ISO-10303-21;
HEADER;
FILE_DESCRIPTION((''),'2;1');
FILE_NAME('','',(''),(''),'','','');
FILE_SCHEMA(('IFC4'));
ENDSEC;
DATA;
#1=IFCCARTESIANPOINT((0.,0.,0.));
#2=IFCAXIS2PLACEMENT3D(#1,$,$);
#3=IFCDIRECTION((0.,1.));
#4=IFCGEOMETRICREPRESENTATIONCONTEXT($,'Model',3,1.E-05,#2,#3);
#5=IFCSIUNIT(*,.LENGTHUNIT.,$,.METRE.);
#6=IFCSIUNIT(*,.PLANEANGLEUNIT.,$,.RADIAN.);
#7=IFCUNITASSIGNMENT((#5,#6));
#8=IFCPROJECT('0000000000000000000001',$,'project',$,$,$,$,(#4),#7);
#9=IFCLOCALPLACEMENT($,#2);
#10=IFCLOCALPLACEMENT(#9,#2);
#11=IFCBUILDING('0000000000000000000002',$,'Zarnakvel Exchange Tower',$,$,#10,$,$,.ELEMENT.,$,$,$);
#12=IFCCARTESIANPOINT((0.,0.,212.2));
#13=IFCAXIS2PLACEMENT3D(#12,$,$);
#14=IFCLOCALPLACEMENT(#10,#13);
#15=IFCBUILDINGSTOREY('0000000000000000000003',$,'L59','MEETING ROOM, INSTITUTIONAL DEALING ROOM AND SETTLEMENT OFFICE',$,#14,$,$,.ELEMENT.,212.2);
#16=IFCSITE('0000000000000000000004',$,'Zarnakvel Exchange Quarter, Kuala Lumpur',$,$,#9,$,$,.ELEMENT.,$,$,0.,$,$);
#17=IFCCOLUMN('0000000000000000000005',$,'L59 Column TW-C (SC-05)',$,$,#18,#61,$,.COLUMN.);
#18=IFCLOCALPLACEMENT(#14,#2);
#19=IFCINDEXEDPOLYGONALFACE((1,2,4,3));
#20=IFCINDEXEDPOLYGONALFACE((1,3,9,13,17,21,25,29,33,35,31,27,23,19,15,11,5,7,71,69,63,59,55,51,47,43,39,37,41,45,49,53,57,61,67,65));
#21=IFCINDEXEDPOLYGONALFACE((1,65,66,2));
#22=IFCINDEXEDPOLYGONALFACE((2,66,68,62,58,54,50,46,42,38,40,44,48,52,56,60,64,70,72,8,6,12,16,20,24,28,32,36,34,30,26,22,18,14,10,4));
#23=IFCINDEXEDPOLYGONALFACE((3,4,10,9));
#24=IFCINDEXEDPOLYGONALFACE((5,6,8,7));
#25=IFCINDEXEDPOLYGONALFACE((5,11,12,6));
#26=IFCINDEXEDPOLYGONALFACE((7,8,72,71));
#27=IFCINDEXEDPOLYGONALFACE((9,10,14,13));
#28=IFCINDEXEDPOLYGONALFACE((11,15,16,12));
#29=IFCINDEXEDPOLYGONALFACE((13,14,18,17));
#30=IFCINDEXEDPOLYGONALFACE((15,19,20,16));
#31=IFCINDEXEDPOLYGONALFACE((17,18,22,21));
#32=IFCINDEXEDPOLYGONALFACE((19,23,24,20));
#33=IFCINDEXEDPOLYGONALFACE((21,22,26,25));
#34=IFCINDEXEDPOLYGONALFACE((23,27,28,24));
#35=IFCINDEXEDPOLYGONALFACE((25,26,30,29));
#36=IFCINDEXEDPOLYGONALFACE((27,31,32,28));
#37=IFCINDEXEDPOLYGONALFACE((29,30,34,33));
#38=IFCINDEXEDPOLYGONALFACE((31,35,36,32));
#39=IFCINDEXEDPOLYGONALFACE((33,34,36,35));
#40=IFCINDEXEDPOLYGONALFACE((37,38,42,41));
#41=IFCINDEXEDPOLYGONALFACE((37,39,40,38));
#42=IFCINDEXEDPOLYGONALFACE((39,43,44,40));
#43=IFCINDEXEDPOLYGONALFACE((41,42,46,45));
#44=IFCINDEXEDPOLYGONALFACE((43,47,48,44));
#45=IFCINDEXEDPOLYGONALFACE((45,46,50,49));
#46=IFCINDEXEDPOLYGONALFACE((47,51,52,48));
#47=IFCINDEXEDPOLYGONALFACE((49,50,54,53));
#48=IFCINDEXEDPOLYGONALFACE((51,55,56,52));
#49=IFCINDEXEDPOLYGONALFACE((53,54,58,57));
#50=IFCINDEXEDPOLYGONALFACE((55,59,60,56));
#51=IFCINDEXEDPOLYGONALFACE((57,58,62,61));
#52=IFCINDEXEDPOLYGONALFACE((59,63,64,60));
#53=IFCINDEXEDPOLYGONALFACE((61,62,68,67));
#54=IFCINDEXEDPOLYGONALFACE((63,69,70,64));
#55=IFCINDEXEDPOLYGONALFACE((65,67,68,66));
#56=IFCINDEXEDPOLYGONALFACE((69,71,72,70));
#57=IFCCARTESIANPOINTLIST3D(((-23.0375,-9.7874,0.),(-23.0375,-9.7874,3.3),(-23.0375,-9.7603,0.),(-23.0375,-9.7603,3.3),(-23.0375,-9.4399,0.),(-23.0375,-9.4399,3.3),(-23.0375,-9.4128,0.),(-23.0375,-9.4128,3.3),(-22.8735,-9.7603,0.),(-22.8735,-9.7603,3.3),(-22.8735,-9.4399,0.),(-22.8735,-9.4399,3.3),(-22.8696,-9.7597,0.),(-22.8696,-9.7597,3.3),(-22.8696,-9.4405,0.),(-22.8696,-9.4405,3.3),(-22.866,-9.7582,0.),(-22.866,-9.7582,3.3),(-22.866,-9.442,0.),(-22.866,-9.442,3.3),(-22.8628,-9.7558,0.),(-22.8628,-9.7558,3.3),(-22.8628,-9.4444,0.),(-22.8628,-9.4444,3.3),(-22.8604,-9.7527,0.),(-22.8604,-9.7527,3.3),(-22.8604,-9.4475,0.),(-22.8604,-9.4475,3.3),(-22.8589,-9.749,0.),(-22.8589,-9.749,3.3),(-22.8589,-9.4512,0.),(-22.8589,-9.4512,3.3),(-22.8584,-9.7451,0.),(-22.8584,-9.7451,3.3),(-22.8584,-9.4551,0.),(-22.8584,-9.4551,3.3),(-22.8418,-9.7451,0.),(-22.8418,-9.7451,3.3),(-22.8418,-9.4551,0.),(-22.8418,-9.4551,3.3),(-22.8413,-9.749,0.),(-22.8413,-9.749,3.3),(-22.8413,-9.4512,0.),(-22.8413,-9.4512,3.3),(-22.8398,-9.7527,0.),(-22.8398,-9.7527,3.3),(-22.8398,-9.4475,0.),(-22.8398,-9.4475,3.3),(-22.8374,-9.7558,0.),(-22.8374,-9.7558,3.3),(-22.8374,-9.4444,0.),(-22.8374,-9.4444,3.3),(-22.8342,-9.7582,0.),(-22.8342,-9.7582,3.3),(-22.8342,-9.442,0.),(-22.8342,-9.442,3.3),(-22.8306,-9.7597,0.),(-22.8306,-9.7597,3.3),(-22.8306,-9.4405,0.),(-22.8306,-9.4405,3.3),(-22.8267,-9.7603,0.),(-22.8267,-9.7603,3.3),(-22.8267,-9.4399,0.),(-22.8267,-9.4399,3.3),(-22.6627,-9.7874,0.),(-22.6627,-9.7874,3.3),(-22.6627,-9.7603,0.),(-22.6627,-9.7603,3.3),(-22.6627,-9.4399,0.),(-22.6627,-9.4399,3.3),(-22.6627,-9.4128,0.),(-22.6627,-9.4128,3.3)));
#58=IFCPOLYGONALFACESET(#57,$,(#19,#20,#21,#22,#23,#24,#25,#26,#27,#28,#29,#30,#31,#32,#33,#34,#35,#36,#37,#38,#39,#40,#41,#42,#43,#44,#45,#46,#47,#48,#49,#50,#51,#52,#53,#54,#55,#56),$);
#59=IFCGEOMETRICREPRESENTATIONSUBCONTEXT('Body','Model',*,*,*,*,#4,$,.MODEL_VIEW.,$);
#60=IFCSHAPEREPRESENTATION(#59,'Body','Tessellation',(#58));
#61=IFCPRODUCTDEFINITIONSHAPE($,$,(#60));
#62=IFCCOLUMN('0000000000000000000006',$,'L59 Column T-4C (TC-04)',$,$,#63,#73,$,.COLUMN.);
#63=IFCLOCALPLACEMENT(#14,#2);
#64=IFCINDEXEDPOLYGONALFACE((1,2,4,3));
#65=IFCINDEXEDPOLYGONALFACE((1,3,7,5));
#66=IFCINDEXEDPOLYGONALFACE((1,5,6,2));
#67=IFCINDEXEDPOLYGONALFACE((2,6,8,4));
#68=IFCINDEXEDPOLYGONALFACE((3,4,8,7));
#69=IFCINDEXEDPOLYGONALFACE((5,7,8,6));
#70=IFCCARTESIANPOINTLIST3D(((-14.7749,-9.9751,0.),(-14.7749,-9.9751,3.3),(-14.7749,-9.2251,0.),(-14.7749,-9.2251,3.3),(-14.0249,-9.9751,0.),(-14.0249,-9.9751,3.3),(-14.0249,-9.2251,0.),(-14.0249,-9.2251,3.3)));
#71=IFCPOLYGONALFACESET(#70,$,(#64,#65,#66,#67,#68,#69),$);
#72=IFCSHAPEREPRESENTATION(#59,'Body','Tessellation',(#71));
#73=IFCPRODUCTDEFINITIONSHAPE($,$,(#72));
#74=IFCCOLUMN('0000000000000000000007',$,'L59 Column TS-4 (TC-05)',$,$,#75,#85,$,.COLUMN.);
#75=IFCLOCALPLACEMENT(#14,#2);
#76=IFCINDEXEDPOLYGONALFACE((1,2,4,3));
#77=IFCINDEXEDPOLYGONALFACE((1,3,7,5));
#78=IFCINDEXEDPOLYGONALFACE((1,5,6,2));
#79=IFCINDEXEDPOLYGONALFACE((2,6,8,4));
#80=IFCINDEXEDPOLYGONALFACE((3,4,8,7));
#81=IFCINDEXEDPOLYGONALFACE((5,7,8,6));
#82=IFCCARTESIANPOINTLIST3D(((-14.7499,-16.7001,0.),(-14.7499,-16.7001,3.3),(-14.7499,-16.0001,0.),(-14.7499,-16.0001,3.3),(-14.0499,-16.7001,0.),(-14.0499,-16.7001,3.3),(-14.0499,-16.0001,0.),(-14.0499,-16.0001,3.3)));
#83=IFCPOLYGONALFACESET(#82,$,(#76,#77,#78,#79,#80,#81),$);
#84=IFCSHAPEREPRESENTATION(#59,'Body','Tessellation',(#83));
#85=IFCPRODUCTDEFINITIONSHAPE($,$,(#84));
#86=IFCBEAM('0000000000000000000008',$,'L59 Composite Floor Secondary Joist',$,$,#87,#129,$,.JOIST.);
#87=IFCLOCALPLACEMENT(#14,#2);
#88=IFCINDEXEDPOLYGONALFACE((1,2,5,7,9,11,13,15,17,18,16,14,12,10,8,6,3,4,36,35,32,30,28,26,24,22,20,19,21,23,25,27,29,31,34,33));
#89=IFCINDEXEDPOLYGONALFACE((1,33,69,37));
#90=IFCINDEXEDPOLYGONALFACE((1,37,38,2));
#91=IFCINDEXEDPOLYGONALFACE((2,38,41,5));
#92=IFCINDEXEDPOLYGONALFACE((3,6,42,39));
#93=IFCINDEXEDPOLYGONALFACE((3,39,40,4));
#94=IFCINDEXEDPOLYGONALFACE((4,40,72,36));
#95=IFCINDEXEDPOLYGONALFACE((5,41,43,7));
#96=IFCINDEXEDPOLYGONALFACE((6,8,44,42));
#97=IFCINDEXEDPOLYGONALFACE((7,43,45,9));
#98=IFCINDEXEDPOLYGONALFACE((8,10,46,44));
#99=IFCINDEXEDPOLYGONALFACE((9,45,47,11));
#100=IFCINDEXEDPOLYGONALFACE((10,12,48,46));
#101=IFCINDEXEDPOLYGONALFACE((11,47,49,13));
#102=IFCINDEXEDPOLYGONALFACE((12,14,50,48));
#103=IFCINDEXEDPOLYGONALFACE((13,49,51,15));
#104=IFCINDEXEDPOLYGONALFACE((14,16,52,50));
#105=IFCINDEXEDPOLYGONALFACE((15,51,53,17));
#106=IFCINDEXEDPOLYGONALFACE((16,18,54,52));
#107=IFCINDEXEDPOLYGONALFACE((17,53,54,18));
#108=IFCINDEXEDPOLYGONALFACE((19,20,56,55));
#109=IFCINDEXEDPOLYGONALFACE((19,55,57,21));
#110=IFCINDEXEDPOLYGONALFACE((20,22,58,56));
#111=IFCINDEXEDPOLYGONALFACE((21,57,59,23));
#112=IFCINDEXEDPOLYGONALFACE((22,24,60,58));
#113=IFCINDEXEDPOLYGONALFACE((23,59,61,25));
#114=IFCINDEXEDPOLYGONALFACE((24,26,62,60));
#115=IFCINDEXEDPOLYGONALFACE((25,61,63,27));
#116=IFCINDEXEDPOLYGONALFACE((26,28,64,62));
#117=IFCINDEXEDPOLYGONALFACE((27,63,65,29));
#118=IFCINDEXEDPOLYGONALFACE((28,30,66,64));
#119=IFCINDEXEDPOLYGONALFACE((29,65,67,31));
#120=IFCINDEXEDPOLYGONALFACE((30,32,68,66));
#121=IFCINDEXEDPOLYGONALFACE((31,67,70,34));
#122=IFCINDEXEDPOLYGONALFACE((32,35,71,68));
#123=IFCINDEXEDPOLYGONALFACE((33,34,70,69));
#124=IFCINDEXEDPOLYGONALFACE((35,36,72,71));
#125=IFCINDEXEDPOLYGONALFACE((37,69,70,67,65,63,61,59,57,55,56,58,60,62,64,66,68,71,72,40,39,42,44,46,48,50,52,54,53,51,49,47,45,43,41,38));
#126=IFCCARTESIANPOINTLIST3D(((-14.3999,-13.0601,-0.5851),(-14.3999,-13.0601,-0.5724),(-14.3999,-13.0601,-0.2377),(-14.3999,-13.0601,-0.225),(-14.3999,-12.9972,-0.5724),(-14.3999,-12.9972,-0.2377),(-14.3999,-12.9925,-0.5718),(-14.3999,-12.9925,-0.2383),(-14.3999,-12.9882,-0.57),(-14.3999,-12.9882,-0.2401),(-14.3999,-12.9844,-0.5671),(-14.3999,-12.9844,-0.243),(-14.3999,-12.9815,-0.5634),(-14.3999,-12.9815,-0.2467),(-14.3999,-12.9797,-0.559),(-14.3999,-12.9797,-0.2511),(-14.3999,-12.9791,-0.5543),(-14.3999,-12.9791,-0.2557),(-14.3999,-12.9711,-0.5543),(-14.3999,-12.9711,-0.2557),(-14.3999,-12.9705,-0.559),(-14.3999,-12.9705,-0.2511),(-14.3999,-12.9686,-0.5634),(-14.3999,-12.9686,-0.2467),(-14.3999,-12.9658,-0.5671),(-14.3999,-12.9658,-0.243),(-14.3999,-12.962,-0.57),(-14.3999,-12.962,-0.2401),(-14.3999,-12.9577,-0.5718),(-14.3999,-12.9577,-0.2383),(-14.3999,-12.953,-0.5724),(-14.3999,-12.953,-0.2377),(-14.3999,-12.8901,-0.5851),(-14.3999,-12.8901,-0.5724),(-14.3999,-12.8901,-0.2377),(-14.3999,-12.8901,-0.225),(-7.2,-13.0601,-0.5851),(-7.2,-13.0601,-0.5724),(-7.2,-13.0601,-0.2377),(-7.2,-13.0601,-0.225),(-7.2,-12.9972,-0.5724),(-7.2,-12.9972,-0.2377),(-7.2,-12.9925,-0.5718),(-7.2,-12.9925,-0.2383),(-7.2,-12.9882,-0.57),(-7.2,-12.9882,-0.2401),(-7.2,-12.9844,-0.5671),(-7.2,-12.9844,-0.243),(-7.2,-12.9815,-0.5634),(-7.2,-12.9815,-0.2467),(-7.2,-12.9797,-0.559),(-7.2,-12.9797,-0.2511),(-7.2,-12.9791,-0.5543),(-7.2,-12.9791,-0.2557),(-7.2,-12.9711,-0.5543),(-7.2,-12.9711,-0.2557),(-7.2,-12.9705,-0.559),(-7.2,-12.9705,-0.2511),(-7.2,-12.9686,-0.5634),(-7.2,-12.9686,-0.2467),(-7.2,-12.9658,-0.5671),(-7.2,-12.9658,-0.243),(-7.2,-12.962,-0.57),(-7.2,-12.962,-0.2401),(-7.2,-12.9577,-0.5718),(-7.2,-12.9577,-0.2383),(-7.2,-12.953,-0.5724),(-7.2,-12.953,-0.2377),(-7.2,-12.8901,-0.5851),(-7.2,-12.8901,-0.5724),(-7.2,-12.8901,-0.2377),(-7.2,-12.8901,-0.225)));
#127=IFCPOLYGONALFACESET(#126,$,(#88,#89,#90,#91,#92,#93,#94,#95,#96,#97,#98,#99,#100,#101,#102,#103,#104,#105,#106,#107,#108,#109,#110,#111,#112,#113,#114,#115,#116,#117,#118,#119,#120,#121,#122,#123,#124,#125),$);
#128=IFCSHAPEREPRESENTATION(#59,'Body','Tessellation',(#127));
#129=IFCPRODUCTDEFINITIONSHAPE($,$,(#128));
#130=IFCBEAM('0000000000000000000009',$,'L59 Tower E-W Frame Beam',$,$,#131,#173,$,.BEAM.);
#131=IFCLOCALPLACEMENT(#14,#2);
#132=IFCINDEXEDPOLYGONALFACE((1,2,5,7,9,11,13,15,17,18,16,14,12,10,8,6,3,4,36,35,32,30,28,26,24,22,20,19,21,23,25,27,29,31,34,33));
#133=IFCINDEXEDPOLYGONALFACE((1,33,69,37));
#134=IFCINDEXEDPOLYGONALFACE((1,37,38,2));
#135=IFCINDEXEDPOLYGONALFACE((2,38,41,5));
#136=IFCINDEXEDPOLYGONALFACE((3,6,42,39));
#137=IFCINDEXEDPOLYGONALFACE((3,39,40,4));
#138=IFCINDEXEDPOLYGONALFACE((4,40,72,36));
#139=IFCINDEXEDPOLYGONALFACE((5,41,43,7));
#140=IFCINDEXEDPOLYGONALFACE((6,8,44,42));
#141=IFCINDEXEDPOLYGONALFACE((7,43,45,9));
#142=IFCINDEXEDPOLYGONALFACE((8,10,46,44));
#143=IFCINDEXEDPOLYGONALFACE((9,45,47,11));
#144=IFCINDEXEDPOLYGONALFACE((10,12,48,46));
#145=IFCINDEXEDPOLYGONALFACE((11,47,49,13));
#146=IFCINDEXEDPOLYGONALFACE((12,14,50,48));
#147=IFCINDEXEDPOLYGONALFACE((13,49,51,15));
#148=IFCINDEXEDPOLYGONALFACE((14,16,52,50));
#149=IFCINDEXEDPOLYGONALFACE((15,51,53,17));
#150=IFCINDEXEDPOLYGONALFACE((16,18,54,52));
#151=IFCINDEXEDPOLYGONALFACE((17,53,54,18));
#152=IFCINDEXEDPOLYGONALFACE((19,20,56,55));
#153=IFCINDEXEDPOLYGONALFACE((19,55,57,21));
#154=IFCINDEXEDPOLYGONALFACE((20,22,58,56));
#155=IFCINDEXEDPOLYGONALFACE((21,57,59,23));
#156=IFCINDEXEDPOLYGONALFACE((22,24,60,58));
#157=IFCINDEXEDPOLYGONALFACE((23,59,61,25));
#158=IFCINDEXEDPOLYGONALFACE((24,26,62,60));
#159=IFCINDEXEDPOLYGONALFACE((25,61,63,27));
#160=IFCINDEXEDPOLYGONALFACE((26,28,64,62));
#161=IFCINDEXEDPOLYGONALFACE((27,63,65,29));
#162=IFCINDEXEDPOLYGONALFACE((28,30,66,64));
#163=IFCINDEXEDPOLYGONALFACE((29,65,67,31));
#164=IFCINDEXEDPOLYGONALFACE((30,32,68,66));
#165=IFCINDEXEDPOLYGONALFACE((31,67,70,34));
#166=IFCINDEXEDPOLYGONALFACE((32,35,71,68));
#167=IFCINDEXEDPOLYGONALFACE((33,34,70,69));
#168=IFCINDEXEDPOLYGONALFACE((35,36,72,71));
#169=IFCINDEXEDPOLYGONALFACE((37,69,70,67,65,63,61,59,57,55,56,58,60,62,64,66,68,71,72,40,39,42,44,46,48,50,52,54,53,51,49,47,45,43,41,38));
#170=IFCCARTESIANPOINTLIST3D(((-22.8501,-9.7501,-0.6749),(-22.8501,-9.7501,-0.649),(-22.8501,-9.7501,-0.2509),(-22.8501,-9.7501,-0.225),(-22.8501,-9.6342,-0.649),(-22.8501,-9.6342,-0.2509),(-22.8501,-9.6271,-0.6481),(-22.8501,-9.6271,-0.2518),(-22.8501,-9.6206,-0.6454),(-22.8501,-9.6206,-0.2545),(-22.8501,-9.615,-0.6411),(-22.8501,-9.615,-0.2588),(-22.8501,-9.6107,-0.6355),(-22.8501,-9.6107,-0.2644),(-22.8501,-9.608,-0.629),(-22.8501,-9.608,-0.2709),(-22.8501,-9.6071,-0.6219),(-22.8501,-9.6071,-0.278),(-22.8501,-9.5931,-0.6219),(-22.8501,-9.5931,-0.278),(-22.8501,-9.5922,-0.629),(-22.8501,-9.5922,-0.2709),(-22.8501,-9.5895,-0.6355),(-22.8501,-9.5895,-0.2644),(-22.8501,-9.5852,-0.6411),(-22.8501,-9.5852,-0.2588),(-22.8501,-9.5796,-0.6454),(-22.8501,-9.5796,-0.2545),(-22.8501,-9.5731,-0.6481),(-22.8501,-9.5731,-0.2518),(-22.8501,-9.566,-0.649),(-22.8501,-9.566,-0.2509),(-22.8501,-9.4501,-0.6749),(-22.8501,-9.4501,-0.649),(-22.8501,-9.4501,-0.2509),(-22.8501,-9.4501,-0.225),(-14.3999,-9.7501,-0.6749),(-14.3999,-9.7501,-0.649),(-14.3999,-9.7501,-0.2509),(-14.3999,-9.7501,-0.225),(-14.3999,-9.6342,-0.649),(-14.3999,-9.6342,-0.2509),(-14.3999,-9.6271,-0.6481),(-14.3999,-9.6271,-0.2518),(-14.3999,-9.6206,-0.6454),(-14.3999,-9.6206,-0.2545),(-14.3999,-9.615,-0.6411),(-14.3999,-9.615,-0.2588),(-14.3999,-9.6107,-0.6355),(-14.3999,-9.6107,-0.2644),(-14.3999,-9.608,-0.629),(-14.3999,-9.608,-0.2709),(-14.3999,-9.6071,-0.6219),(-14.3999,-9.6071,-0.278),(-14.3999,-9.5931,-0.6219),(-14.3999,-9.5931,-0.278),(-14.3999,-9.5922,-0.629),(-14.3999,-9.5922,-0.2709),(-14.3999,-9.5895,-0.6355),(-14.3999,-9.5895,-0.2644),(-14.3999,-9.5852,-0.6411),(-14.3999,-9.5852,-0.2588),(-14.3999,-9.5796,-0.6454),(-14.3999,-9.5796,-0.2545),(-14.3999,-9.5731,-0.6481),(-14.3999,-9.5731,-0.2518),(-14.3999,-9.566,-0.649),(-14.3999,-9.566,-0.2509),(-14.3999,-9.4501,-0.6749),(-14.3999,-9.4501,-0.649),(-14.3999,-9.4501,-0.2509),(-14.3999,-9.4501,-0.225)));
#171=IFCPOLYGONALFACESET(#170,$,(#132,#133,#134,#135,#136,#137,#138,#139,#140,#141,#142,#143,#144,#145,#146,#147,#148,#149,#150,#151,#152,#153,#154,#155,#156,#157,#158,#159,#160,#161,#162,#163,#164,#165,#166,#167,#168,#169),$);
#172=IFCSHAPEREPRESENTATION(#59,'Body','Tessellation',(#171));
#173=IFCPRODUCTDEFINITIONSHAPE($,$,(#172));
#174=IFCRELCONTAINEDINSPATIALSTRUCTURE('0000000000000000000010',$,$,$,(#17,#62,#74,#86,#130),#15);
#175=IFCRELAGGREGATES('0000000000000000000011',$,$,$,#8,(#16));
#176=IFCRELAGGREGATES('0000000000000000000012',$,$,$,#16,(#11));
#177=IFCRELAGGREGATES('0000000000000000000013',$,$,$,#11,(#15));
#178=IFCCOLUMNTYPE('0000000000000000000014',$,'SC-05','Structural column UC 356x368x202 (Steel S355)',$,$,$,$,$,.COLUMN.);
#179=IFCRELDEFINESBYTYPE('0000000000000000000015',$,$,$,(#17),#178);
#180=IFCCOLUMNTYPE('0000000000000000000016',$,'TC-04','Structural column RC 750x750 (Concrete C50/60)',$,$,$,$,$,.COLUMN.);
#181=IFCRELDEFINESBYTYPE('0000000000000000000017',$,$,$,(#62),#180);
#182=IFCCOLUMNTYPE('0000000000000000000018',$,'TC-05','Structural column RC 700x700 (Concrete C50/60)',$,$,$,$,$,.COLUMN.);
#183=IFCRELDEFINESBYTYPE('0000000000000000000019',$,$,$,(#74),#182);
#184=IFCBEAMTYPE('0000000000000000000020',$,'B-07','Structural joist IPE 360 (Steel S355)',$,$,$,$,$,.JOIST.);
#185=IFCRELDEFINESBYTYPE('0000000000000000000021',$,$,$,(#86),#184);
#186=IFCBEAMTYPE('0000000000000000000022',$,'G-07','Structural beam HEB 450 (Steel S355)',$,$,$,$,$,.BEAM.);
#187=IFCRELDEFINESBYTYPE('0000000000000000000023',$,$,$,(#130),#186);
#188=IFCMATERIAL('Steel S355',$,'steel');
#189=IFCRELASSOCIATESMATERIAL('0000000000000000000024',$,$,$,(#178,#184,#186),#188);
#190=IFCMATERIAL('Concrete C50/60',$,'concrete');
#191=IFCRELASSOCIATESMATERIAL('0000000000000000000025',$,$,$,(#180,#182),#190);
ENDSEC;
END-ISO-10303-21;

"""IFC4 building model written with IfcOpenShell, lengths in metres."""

from ifc_helpers import new_model, si_unit, direction, frame, origin, origin_2d, place, context, subcontext, project, spatial, rectangle, i_section, extrude, material, material_profile, profile_set, type_object, element, save


model = new_model("IFC4")

# Units and contexts
model_context = context("Model", 3, precision=1e-05, world=origin(), true_north=direction((0.0, 1.0)))
body_context = subcontext(model_context, "Body", "Model", "MODEL_VIEW")
ifc_project = project(units=[si_unit("LENGTHUNIT", "METRE"), si_unit("PLANEANGLEUNIT", "RADIAN")], contexts=[model_context])

# Site, building, storey
site_placement = place(None, origin())
site = spatial("IfcSite", under=ifc_project, at=site_placement, Name="Zarnakvel Exchange Quarter, Kuala Lumpur", CompositionType="ELEMENT", RefElevation=0.0)
building_placement = place(site_placement, origin())
building = spatial("IfcBuilding", under=site, at=building_placement, Name="Zarnakvel Exchange Tower", CompositionType="ELEMENT")
storey_placement = place(building_placement, frame((0.0, 0.0, 212.2)))
storey = spatial("IfcBuildingStorey", under=building, at=storey_placement, Name="L59", Description="MEETING ROOM, INSTITUTIONAL DEALING ROOM AND SETTLEMENT OFFICE", CompositionType="ELEMENT", Elevation=212.2)

# Columns
ifc_material_1 = material(Name="Steel S355", Category="steel")
ifc_material_profile_1 = material_profile(ifc_material_1, i_section(OverallWidth=0.3748, OverallDepth=0.3745, WebThickness=0.0166, FlangeThickness=0.0271, FilletRadius=0.0151, at=origin_2d()))
ifc_profile_set_1 = profile_set([ifc_material_profile_1], Name="Steel S355")
column_type_1 = type_object("IfcColumnType", Name="SC-05", Description="Structural column UC 356x368x202 (Steel S355)", PredefinedType="COLUMN", material=ifc_profile_set_1)
column_1_placement = place(storey_placement, frame((-22.8501, -9.6001, 0.0), z_axis=(0.0, 0.0, 1.0), x_axis=(1.0, 0.0, 0.0)))
element("IfcColumn", 1, at=column_1_placement, inside=storey, type_object=column_type_1, Name="L59 Column TW-C (SC-05)", PredefinedType="COLUMN", context=body_context, shape_type="SweptSolid", body=[
    extrude(i_section(OverallWidth=0.3748, OverallDepth=0.3745, WebThickness=0.0166, FlangeThickness=0.0271, FilletRadius=0.0151, at=origin_2d()), origin(), (0.0, 0.0, 1.0), 3.3),
])
ifc_material_2 = material(Name="Concrete C50/60", Category="concrete")
ifc_material_profile_2 = material_profile(ifc_material_2, rectangle(XDim=0.75, YDim=0.75, at=origin_2d()))
ifc_profile_set_2 = profile_set([ifc_material_profile_2], Name="Concrete C50/60")
column_type_2 = type_object("IfcColumnType", Name="TC-04", Description="Structural column RC 750x750 (Concrete C50/60)", PredefinedType="COLUMN", material=ifc_profile_set_2)
column_2_placement = place(storey_placement, frame((-14.3999, -9.6001, 0.0), z_axis=(0.0, 0.0, 1.0), x_axis=(1.0, 0.0, 0.0)))
element("IfcColumn", 2, at=column_2_placement, inside=storey, type_object=column_type_2, Name="L59 Column T-4C (TC-04)", PredefinedType="COLUMN", context=body_context, shape_type="SweptSolid", body=[
    extrude(rectangle(XDim=0.75, YDim=0.75, at=origin_2d()), origin(), (0.0, 0.0, 1.0), 3.3),
])
ifc_material_profile_3 = material_profile(ifc_material_2, rectangle(XDim=0.7, YDim=0.7, at=origin_2d()))
ifc_profile_set_3 = profile_set([ifc_material_profile_3], Name="Concrete C50/60")
column_type_3 = type_object("IfcColumnType", Name="TC-05", Description="Structural column RC 700x700 (Concrete C50/60)", PredefinedType="COLUMN", material=ifc_profile_set_3)
column_3_placement = place(storey_placement, frame((-14.3999, -16.3501, 0.0), z_axis=(0.0, 0.0, 1.0), x_axis=(1.0, 0.0, 0.0)))
element("IfcColumn", 3, at=column_3_placement, inside=storey, type_object=column_type_3, Name="L59 Column TS-4 (TC-05)", PredefinedType="COLUMN", context=body_context, shape_type="SweptSolid", body=[
    extrude(rectangle(XDim=0.7, YDim=0.7, at=origin_2d()), origin(), (0.0, 0.0, 1.0), 3.3),
])

# Beams
ifc_material_profile_4 = material_profile(ifc_material_1, i_section(OverallWidth=0.1699, OverallDepth=0.3601, WebThickness=0.0081, FlangeThickness=0.0127, FilletRadius=0.0181, at=origin_2d()))
ifc_profile_set_4 = profile_set([ifc_material_profile_4], Name="Steel S355")
beam_type_1 = type_object("IfcBeamType", Name="B-07", Description="Structural joist IPE 360 (Steel S355)", PredefinedType="JOIST", material=ifc_profile_set_4)
beam_1_placement = place(storey_placement, frame((-14.3999, -12.9751, -0.405), z_axis=(1.0, 0.0, 0.0), x_axis=(0.0, 1.0, 0.0)))
element("IfcBeam", 4, at=beam_1_placement, inside=storey, type_object=beam_type_1, Name="L59 Composite Floor Secondary Joist", PredefinedType="JOIST", context=body_context, shape_type="SweptSolid", body=[
    extrude(i_section(OverallWidth=0.1699, OverallDepth=0.3601, WebThickness=0.0081, FlangeThickness=0.0127, FilletRadius=0.0181, at=origin_2d()), origin(), (0.0, 0.0, 1.0), 7.2),
])
ifc_material_profile_5 = material_profile(ifc_material_1, i_section(OverallWidth=0.3, OverallDepth=0.45, WebThickness=0.0139, FlangeThickness=0.0259, FilletRadius=0.0271, at=origin_2d()))
ifc_profile_set_5 = profile_set([ifc_material_profile_5], Name="Steel S355")
beam_type_2 = type_object("IfcBeamType", Name="G-07", Description="Structural beam HEB 450 (Steel S355)", PredefinedType="BEAM", material=ifc_profile_set_5)
beam_2_placement = place(storey_placement, frame((-22.8501, -9.6001, -0.45), z_axis=(1.0, 0.0, 0.0), x_axis=(0.0, 1.0, 0.0)))
element("IfcBeam", 5, at=beam_2_placement, inside=storey, type_object=beam_type_2, Name="L59 Tower E-W Frame Beam", PredefinedType="BEAM", context=body_context, shape_type="SweptSolid", body=[
    extrude(i_section(OverallWidth=0.3, OverallDepth=0.45, WebThickness=0.0139, FlangeThickness=0.0259, FilletRadius=0.0271, at=origin_2d()), origin(), (0.0, 0.0, 1.0), 8.4502),
])

save(model, "model.ifc")
